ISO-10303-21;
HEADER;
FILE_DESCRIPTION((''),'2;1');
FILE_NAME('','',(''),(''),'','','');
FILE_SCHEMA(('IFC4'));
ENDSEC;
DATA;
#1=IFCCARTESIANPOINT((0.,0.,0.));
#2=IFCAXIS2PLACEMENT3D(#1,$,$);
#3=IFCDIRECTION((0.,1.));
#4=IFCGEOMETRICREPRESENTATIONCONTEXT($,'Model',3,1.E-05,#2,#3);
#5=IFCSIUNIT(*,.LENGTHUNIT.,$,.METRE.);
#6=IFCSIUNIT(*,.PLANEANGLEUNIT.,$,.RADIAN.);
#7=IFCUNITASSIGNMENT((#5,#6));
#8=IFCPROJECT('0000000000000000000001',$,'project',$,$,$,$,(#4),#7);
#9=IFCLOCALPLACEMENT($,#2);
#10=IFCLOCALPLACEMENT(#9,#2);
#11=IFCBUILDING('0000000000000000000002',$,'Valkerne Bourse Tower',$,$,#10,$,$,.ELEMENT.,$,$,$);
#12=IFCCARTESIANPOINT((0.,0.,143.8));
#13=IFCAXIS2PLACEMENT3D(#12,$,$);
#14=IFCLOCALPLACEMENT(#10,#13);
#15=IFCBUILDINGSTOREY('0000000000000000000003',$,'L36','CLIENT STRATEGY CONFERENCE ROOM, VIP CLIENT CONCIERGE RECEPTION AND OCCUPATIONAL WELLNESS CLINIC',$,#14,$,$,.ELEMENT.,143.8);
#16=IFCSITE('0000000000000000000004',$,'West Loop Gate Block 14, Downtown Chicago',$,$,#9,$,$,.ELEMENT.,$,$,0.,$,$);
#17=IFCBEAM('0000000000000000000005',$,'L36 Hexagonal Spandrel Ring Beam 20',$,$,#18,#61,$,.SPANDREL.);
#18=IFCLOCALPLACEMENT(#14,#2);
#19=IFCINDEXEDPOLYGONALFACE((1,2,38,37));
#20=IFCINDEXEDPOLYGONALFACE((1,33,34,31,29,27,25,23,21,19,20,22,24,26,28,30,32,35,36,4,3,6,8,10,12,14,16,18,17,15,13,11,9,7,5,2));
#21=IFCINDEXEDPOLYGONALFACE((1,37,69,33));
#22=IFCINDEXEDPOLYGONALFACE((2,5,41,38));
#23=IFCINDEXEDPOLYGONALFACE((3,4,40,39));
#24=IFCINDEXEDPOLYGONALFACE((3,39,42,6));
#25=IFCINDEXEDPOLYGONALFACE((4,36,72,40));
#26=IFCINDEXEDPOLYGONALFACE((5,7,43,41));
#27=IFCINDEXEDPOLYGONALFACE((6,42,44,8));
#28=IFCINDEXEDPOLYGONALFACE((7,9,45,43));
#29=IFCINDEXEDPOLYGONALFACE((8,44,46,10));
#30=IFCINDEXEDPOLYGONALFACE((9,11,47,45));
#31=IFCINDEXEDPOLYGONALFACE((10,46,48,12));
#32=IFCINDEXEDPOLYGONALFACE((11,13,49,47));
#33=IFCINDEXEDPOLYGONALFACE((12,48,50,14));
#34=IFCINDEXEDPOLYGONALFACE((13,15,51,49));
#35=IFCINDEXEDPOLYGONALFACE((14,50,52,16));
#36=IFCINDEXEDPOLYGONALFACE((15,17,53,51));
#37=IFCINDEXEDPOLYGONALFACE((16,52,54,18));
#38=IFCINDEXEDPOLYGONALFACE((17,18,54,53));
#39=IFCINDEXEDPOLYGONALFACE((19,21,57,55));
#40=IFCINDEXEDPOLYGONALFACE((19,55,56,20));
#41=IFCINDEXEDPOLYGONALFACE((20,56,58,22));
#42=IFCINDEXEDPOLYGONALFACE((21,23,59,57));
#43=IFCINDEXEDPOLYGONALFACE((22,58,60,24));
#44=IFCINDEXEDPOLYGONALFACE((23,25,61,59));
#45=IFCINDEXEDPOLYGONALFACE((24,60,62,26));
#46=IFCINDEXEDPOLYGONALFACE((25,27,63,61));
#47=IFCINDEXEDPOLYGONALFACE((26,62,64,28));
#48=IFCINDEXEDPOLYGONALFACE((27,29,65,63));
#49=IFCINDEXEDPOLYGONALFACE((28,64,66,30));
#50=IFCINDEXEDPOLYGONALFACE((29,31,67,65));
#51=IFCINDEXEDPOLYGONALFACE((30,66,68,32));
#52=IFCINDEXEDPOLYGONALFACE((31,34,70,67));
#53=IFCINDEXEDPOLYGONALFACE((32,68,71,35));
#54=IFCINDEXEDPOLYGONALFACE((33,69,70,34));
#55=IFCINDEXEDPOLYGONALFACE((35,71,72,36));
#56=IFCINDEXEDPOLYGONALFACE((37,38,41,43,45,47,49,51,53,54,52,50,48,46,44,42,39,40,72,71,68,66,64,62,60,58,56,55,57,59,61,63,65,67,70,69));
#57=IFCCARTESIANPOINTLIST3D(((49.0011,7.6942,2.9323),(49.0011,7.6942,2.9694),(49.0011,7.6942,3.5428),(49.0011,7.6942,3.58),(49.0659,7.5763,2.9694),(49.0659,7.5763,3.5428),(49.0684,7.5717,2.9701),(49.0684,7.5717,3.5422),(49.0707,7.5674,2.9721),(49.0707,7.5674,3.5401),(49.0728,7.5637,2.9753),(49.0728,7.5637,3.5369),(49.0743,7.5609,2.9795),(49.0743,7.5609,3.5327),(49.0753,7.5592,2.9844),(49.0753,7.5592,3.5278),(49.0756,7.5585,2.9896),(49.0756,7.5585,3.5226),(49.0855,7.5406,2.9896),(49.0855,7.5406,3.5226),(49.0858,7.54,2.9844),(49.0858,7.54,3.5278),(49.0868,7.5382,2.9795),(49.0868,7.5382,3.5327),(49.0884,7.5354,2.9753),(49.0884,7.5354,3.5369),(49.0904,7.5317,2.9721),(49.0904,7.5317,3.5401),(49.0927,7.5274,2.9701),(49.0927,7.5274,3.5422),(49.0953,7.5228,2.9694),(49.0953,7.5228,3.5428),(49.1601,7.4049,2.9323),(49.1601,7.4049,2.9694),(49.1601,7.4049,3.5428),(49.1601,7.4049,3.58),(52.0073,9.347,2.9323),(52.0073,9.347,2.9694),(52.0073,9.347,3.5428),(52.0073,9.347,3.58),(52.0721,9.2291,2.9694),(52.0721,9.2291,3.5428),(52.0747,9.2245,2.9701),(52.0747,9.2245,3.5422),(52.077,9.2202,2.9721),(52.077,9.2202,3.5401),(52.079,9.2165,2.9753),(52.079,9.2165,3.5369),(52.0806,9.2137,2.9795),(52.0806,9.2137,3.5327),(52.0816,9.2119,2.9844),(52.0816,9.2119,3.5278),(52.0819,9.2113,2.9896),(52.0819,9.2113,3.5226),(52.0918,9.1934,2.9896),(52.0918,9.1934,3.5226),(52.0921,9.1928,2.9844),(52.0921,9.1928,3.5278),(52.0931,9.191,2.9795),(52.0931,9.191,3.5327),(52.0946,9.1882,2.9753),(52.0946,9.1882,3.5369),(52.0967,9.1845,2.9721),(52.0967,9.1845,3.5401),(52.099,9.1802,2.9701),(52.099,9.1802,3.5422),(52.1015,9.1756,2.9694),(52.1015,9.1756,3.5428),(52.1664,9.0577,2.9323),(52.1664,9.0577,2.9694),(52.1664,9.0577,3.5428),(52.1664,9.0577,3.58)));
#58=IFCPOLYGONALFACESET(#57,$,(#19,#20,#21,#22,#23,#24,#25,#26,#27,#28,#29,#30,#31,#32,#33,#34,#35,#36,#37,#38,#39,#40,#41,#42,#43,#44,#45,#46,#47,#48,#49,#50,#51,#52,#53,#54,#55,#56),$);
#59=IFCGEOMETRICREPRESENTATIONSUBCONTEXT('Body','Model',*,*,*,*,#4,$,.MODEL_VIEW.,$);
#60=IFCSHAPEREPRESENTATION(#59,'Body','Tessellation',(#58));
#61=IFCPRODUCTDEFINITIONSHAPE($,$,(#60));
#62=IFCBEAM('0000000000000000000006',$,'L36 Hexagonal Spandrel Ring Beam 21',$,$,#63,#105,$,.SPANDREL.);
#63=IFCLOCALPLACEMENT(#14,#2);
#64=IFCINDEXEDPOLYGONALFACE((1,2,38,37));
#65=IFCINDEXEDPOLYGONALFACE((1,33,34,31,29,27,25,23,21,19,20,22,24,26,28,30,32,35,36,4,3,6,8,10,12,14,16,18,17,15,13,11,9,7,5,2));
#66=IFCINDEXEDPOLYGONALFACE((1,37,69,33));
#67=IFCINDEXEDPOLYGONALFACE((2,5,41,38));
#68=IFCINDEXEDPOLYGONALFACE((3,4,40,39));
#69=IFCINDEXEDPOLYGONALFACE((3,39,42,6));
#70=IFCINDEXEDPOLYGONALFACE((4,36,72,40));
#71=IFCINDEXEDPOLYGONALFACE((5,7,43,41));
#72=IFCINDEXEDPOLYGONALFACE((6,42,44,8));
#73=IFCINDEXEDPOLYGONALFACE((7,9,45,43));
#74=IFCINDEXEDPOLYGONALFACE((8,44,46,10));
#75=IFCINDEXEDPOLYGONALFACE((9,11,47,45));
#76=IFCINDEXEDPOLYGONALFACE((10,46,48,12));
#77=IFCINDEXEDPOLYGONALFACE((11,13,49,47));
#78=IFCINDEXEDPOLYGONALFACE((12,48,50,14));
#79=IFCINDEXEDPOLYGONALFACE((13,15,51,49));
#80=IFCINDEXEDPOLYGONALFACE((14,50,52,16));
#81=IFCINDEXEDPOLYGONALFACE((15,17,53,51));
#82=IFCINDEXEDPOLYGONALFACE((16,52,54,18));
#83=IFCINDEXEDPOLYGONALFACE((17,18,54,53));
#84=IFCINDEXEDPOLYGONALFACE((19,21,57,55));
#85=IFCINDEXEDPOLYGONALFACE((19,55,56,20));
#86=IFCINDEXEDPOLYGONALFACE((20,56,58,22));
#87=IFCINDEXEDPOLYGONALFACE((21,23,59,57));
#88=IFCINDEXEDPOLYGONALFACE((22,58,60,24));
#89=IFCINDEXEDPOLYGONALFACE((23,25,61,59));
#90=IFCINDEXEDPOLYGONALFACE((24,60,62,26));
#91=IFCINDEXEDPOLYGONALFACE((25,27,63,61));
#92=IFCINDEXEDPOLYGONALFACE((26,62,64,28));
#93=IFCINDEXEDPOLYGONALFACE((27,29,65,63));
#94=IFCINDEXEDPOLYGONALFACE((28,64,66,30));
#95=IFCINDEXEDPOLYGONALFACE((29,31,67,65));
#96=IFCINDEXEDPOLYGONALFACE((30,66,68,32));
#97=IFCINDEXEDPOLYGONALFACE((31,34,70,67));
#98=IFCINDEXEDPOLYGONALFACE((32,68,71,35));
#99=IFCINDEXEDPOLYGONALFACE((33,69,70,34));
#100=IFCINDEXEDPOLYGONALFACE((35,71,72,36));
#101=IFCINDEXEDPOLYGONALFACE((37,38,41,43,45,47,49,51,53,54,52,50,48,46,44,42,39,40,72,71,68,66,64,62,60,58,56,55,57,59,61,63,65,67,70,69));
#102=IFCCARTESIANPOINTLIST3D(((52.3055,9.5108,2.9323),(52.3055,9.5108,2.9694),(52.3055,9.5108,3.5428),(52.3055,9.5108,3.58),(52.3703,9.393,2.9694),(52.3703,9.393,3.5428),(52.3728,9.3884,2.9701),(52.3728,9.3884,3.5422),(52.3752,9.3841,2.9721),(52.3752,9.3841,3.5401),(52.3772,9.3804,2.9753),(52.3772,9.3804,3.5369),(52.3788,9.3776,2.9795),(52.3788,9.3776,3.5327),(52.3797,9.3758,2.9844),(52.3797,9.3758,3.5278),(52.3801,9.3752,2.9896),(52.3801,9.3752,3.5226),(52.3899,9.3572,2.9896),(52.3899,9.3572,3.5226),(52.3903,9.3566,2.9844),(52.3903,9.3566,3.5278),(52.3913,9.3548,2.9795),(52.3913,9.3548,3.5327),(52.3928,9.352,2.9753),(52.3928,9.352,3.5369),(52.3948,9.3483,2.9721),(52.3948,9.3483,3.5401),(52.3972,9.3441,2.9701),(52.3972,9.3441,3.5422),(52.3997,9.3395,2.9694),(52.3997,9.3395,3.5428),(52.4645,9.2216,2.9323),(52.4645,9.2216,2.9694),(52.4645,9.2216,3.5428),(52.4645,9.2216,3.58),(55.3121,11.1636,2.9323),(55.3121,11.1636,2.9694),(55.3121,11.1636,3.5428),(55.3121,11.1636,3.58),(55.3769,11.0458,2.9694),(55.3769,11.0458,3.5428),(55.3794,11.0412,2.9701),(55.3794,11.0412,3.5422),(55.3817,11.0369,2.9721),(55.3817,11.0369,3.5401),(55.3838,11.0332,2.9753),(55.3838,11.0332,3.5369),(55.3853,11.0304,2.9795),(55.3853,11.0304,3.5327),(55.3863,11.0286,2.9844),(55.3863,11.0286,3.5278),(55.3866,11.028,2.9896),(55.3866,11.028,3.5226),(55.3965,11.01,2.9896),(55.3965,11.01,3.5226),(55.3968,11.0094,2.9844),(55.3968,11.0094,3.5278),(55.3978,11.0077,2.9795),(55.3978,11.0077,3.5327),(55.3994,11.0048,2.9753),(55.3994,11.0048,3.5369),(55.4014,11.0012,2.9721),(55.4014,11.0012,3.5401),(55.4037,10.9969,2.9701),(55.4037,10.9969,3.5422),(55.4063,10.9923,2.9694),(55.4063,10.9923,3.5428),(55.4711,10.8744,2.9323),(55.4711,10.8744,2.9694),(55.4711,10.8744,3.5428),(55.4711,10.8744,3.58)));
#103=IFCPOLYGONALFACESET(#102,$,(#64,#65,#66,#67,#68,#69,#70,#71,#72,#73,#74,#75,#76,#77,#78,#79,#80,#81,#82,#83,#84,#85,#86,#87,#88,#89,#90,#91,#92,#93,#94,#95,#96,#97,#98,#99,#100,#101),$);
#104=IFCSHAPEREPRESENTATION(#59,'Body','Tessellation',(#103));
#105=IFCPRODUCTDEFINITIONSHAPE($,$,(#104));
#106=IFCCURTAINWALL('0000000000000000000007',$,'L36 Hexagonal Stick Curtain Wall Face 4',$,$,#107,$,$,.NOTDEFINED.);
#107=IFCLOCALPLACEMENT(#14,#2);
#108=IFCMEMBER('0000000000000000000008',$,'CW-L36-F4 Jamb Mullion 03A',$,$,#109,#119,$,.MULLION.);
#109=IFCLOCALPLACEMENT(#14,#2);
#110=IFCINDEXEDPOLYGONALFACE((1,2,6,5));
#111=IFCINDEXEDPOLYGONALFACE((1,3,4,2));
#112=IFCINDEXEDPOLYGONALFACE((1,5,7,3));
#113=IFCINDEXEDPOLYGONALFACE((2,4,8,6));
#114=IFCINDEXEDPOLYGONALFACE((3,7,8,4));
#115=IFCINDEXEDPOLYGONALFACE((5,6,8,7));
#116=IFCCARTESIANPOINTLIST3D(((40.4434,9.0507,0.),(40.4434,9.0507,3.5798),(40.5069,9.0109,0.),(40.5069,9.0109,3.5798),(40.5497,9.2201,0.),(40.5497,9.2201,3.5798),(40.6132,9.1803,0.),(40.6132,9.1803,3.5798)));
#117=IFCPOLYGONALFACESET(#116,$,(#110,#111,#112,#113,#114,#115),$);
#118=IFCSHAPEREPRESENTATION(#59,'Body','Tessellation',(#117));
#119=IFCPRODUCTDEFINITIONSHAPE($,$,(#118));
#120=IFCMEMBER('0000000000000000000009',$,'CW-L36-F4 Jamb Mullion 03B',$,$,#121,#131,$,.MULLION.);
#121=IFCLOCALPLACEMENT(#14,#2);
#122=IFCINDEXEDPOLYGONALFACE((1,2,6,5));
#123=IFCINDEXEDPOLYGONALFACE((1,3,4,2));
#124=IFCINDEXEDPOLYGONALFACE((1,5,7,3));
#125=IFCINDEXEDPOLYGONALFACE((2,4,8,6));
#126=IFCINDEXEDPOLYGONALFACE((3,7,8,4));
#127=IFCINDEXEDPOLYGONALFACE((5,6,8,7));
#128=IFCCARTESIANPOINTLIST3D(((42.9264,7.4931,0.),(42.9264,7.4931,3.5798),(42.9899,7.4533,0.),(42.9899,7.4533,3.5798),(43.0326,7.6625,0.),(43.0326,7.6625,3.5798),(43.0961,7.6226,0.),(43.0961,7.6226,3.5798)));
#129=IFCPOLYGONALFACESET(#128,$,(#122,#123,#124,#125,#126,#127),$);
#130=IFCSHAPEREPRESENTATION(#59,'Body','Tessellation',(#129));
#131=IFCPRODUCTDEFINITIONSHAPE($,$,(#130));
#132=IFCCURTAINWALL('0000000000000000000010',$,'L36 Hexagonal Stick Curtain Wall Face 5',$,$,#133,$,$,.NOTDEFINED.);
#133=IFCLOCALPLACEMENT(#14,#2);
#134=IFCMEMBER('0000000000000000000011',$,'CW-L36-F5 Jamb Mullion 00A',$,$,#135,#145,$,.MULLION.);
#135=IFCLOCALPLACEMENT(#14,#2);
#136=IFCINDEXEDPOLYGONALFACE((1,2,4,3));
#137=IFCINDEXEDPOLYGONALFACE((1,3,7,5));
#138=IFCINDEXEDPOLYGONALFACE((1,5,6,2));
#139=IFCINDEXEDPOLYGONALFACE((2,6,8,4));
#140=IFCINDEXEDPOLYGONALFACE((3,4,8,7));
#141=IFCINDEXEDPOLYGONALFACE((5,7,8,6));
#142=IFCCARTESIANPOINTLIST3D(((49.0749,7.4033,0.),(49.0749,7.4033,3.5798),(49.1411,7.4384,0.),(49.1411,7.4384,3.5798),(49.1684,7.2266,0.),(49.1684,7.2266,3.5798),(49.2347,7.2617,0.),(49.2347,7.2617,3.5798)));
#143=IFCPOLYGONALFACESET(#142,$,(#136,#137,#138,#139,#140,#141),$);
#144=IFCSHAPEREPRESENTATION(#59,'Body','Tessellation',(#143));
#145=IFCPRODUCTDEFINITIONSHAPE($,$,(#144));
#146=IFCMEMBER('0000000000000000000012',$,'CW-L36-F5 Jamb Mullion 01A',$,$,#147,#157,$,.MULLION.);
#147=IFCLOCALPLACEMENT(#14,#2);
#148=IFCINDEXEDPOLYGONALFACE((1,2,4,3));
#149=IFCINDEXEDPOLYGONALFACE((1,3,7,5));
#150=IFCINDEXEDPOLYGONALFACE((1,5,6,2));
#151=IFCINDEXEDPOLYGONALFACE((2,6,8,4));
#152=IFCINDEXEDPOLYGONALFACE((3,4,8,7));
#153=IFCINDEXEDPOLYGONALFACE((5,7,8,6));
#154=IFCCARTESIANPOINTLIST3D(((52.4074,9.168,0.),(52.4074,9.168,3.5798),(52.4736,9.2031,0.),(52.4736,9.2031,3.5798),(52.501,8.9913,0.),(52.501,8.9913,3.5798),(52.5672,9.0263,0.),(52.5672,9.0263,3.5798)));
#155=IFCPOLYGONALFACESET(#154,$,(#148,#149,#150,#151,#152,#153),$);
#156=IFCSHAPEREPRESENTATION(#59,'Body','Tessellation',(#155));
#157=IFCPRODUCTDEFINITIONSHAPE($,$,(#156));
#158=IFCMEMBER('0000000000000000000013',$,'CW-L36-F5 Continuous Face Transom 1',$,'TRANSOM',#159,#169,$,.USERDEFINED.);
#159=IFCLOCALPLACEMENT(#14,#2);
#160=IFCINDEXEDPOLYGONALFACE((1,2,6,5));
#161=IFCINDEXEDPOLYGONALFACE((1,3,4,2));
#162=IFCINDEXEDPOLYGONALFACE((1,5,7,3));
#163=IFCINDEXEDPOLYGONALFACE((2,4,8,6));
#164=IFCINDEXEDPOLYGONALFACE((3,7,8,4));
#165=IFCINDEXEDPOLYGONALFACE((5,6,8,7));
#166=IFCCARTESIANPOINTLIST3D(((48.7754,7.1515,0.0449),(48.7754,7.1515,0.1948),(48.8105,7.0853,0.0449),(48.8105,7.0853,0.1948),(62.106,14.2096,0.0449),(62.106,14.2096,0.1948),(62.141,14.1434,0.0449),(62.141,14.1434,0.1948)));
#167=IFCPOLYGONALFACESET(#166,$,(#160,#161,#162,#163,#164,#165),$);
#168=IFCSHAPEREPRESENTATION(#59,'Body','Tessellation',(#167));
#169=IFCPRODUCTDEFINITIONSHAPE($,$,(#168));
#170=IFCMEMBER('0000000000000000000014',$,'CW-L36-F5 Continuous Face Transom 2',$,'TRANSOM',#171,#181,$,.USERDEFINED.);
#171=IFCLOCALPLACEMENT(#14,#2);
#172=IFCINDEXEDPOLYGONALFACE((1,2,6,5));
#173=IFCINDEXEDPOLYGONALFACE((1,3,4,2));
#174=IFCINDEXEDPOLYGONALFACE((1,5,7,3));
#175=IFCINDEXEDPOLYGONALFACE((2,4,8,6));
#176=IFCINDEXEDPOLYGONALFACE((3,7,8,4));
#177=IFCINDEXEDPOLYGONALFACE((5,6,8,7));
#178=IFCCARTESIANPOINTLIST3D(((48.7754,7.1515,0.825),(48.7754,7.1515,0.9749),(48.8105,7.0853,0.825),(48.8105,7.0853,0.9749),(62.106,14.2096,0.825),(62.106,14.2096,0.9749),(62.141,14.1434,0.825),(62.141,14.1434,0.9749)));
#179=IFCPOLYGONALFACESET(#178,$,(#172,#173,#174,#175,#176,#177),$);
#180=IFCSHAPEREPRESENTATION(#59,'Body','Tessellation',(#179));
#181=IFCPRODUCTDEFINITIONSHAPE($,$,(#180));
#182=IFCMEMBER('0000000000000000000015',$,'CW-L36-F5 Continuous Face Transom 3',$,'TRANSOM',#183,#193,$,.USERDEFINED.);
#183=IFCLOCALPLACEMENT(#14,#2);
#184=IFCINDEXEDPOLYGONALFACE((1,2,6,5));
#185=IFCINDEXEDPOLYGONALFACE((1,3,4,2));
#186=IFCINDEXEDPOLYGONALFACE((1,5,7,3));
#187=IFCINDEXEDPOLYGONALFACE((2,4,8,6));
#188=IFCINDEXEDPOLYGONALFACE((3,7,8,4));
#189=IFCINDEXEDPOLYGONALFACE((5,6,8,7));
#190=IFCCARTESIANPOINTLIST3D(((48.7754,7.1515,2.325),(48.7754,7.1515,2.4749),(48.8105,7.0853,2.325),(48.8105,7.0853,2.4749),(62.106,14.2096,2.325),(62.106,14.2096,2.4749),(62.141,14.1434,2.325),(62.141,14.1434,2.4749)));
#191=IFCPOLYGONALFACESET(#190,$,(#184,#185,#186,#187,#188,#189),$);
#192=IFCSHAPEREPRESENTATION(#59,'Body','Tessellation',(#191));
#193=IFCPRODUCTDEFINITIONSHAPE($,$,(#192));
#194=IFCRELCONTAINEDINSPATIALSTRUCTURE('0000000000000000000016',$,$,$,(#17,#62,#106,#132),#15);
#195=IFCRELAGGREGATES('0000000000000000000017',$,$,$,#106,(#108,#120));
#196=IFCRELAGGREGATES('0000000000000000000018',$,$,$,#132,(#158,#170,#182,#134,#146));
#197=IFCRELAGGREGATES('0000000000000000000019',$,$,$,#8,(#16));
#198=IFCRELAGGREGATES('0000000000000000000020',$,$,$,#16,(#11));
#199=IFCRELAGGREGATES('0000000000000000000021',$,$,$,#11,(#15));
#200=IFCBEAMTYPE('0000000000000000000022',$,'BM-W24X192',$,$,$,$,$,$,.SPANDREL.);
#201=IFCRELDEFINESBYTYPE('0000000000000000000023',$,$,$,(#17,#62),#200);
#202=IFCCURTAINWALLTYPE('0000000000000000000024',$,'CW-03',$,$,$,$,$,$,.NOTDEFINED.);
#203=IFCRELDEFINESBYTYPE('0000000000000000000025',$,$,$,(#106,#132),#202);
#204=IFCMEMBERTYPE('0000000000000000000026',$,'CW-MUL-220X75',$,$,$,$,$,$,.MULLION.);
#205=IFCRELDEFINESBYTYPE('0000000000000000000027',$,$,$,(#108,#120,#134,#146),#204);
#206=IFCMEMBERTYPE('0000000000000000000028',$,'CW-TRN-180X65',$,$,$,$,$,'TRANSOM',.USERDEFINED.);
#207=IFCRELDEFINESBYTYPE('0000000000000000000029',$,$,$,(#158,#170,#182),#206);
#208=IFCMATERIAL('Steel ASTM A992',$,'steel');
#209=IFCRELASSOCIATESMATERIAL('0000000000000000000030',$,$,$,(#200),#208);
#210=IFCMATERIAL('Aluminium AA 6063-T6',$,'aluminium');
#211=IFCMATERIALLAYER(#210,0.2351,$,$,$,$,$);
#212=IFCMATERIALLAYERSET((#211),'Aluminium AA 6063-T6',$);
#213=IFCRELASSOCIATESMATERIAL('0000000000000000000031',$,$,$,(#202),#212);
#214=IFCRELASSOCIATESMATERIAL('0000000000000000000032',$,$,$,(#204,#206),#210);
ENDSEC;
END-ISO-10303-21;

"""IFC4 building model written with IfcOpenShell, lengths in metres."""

from ifc_helpers import new_model, si_unit, direction, frame, origin, origin_2d, place, context, subcontext, project, spatial, rectangle, i_section, extrude, material, layer, layer_set, material_profile, profile_set, type_object, element, aggregate, save


model = new_model("IFC4")

# Units and contexts
model_context = context("Model", 3, precision=1e-05, world=origin(), true_north=direction((0.0, 1.0)))
body_context = subcontext(model_context, "Body", "Model", "MODEL_VIEW")
ifc_project = project(units=[si_unit("LENGTHUNIT", "METRE"), si_unit("PLANEANGLEUNIT", "RADIAN")], contexts=[model_context])

# Site, building, storey
site_placement = place(None, origin())
site = spatial("IfcSite", under=ifc_project, at=site_placement, Name="West Loop Gate Block 14, Downtown Chicago", CompositionType="ELEMENT", RefElevation=0.0)
building_placement = place(site_placement, origin())
building = spatial("IfcBuilding", under=site, at=building_placement, Name="Valkerne Bourse Tower", CompositionType="ELEMENT")
storey_placement = place(building_placement, frame((0.0, 0.0, 143.8)))
storey = spatial("IfcBuildingStorey", under=building, at=storey_placement, Name="L36", Description="CLIENT STRATEGY CONFERENCE ROOM, VIP CLIENT CONCIERGE RECEPTION AND OCCUPATIONAL WELLNESS CLINIC", CompositionType="ELEMENT", Elevation=143.8)

# Beams
ifc_material_1 = material(Name="Steel ASTM A992", Category="steel")
ifc_material_profile_1 = material_profile(ifc_material_1, i_section(OverallWidth=0.3301, OverallDepth=0.6477, WebThickness=0.0205, FlangeThickness=0.0371, FilletRadius=0.0203, at=origin_2d()), Name="W24X192")
ifc_profile_set_1 = profile_set([ifc_material_profile_1], Name="Steel ASTM A992")
beam_type_1 = type_object("IfcBeamType", Name="BM-W24X192", PredefinedType="SPANDREL", material=ifc_profile_set_1)
beam_1_placement = place(storey_placement, frame((49.0806, 7.5496, 3.2561), z_axis=(0.876297, 0.481771, 0.0), x_axis=(-0.481771, 0.876297, 0.0)))
element("IfcBeam", 1, at=beam_1_placement, inside=storey, type_object=beam_type_1, Name="L36 Hexagonal Spandrel Ring Beam 20", PredefinedType="SPANDREL", context=body_context, shape_type="SweptSolid", body=[
    extrude(i_section(OverallWidth=0.3301, OverallDepth=0.6477, WebThickness=0.0205, FlangeThickness=0.0371, FilletRadius=0.0203, at=origin_2d()), origin(), (0.0, 0.0, 1.0), 3.4307),
])
beam_2_placement = place(storey_placement, frame((52.385, 9.3662, 3.2561), z_axis=(0.876314, 0.481741, 0.0), x_axis=(-0.481741, 0.876314, 0.0)))
element("IfcBeam", 2, at=beam_2_placement, inside=storey, type_object=beam_type_1, Name="L36 Hexagonal Spandrel Ring Beam 21", PredefinedType="SPANDREL", context=body_context, shape_type="SweptSolid", body=[
    extrude(i_section(OverallWidth=0.3301, OverallDepth=0.6477, WebThickness=0.0205, FlangeThickness=0.0371, FilletRadius=0.0203, at=origin_2d()), origin(), (0.0, 0.0, 1.0), 3.4309),
])

# Curtain walls, members
ifc_material_2 = material(Name="Aluminium AA 6063-T6", Category="aluminium")
ifc_layer_1 = layer(ifc_material_2, 0.2351)
ifc_layer_set_1 = layer_set([ifc_layer_1], Name="Aluminium AA 6063-T6")
curtain_wall_type = type_object("IfcCurtainWallType", Name="CW-03", PredefinedType="NOTDEFINED", material=ifc_layer_set_1)
curtain_wall_1_placement = place(storey_placement, origin())
curtain_wall_1 = element("IfcCurtainWall", 3, at=curtain_wall_1_placement, inside=storey, type_object=curtain_wall_type, Name="L36 Hexagonal Stick Curtain Wall Face 4", PredefinedType="NOTDEFINED")
ifc_material_profile_2 = material_profile(ifc_material_2, rectangle(XDim=0.075, YDim=0.2, at=origin_2d()), Name="CWM-75X200")
ifc_profile_set_2 = profile_set([ifc_material_profile_2], Name="Aluminium AA 6063-T6")
member_type_1 = type_object("IfcMemberType", Name="CW-MUL-220X75", PredefinedType="MULLION", material=ifc_profile_set_2)
member_1_placement = place(storey_placement, frame((40.5283, 9.1155, 0.0), z_axis=(0.0, 0.0, 1.0), x_axis=(0.847123, -0.531397, 0.0)))
member_1 = element("IfcMember", 4, at=member_1_placement, type_object=member_type_1, Name="CW-L36-F4 Jamb Mullion 03A", PredefinedType="MULLION", context=body_context, shape_type="SweptSolid", body=[
    extrude(rectangle(XDim=0.075, YDim=0.2, at=origin_2d()), origin(), (0.0, 0.0, 1.0), 3.5798),
])
member_2_placement = place(storey_placement, frame((43.0112, 7.5579, 0.0), z_axis=(0.0, 0.0, 1.0), x_axis=(0.847123, -0.531397, 0.0)))
member_2 = element("IfcMember", 5, at=member_2_placement, type_object=member_type_1, Name="CW-L36-F4 Jamb Mullion 03B", PredefinedType="MULLION", context=body_context, shape_type="SweptSolid", body=[
    extrude(rectangle(XDim=0.075, YDim=0.2, at=origin_2d()), origin(), (0.0, 0.0, 1.0), 3.5798),
])
curtain_wall_2_placement = place(storey_placement, origin())
curtain_wall_2 = element("IfcCurtainWall", 6, at=curtain_wall_2_placement, inside=storey, type_object=curtain_wall_type, Name="L36 Hexagonal Stick Curtain Wall Face 5", PredefinedType="NOTDEFINED")
member_3_placement = place(storey_placement, frame((49.1548, 7.3325, 0.0), z_axis=(0.0, 0.0, 1.0), x_axis=(0.883763, 0.467935, 0.0)))
member_3 = element("IfcMember", 7, at=member_3_placement, type_object=member_type_1, Name="CW-L36-F5 Jamb Mullion 00A", PredefinedType="MULLION", context=body_context, shape_type="SweptSolid", body=[
    extrude(rectangle(XDim=0.075, YDim=0.2, at=origin_2d()), origin(), (0.0, 0.0, 1.0), 3.5798),
])
member_4_placement = place(storey_placement, frame((52.4873, 9.0972, 0.0), z_axis=(0.0, 0.0, 1.0), x_axis=(0.883774, 0.467915, 0.0)))
member_4 = element("IfcMember", 8, at=member_4_placement, type_object=member_type_1, Name="CW-L36-F5 Jamb Mullion 01A", PredefinedType="MULLION", context=body_context, shape_type="SweptSolid", body=[
    extrude(rectangle(XDim=0.075, YDim=0.2, at=origin_2d()), origin(), (0.0, 0.0, 1.0), 3.5798),
])
ifc_material_profile_3 = material_profile(ifc_material_2, rectangle(XDim=0.075, YDim=0.1499, at=origin_2d()), Name="CWT-75X150")
ifc_profile_set_3 = profile_set([ifc_material_profile_3], Name="Aluminium AA 6063-T6")
member_type_2 = type_object("IfcMemberType", Name="CW-TRN-180X65", ElementType="TRANSOM", PredefinedType="USERDEFINED", material=ifc_profile_set_3)
member_5_placement = place(storey_placement, frame((48.793, 7.1184, 0.1199), z_axis=(0.883767, 0.467926, 0.0), x_axis=(-0.467926, 0.883767, 0.0)))
member_5 = element("IfcMember", 9, at=member_5_placement, type_object=member_type_2, Name="CW-L36-F5 Continuous Face Transom 1", ObjectType="TRANSOM", PredefinedType="USERDEFINED", context=body_context, shape_type="SweptSolid", body=[
    extrude(rectangle(XDim=0.075, YDim=0.1499, at=origin_2d()), origin(), (0.0, 0.0, 1.0), 15.0837),
])
member_6_placement = place(storey_placement, frame((48.793, 7.1184, 0.8999), z_axis=(0.883767, 0.467926, 0.0), x_axis=(-0.467926, 0.883767, 0.0)))
member_6 = element("IfcMember", 10, at=member_6_placement, type_object=member_type_2, Name="CW-L36-F5 Continuous Face Transom 2", ObjectType="TRANSOM", PredefinedType="USERDEFINED", context=body_context, shape_type="SweptSolid", body=[
    extrude(rectangle(XDim=0.075, YDim=0.1499, at=origin_2d()), origin(), (0.0, 0.0, 1.0), 15.0837),
])
member_7_placement = place(storey_placement, frame((48.793, 7.1184, 2.3999), z_axis=(0.883767, 0.467926, 0.0), x_axis=(-0.467926, 0.883767, 0.0)))
member_7 = element("IfcMember", 11, at=member_7_placement, type_object=member_type_2, Name="CW-L36-F5 Continuous Face Transom 3", ObjectType="TRANSOM", PredefinedType="USERDEFINED", context=body_context, shape_type="SweptSolid", body=[
    extrude(rectangle(XDim=0.075, YDim=0.1499, at=origin_2d()), origin(), (0.0, 0.0, 1.0), 15.0837),
])

aggregate(curtain_wall_1, [member_1, member_2])
aggregate(curtain_wall_2, [member_5, member_6, member_7, member_3, member_4])

save(model, "model.ifc")
